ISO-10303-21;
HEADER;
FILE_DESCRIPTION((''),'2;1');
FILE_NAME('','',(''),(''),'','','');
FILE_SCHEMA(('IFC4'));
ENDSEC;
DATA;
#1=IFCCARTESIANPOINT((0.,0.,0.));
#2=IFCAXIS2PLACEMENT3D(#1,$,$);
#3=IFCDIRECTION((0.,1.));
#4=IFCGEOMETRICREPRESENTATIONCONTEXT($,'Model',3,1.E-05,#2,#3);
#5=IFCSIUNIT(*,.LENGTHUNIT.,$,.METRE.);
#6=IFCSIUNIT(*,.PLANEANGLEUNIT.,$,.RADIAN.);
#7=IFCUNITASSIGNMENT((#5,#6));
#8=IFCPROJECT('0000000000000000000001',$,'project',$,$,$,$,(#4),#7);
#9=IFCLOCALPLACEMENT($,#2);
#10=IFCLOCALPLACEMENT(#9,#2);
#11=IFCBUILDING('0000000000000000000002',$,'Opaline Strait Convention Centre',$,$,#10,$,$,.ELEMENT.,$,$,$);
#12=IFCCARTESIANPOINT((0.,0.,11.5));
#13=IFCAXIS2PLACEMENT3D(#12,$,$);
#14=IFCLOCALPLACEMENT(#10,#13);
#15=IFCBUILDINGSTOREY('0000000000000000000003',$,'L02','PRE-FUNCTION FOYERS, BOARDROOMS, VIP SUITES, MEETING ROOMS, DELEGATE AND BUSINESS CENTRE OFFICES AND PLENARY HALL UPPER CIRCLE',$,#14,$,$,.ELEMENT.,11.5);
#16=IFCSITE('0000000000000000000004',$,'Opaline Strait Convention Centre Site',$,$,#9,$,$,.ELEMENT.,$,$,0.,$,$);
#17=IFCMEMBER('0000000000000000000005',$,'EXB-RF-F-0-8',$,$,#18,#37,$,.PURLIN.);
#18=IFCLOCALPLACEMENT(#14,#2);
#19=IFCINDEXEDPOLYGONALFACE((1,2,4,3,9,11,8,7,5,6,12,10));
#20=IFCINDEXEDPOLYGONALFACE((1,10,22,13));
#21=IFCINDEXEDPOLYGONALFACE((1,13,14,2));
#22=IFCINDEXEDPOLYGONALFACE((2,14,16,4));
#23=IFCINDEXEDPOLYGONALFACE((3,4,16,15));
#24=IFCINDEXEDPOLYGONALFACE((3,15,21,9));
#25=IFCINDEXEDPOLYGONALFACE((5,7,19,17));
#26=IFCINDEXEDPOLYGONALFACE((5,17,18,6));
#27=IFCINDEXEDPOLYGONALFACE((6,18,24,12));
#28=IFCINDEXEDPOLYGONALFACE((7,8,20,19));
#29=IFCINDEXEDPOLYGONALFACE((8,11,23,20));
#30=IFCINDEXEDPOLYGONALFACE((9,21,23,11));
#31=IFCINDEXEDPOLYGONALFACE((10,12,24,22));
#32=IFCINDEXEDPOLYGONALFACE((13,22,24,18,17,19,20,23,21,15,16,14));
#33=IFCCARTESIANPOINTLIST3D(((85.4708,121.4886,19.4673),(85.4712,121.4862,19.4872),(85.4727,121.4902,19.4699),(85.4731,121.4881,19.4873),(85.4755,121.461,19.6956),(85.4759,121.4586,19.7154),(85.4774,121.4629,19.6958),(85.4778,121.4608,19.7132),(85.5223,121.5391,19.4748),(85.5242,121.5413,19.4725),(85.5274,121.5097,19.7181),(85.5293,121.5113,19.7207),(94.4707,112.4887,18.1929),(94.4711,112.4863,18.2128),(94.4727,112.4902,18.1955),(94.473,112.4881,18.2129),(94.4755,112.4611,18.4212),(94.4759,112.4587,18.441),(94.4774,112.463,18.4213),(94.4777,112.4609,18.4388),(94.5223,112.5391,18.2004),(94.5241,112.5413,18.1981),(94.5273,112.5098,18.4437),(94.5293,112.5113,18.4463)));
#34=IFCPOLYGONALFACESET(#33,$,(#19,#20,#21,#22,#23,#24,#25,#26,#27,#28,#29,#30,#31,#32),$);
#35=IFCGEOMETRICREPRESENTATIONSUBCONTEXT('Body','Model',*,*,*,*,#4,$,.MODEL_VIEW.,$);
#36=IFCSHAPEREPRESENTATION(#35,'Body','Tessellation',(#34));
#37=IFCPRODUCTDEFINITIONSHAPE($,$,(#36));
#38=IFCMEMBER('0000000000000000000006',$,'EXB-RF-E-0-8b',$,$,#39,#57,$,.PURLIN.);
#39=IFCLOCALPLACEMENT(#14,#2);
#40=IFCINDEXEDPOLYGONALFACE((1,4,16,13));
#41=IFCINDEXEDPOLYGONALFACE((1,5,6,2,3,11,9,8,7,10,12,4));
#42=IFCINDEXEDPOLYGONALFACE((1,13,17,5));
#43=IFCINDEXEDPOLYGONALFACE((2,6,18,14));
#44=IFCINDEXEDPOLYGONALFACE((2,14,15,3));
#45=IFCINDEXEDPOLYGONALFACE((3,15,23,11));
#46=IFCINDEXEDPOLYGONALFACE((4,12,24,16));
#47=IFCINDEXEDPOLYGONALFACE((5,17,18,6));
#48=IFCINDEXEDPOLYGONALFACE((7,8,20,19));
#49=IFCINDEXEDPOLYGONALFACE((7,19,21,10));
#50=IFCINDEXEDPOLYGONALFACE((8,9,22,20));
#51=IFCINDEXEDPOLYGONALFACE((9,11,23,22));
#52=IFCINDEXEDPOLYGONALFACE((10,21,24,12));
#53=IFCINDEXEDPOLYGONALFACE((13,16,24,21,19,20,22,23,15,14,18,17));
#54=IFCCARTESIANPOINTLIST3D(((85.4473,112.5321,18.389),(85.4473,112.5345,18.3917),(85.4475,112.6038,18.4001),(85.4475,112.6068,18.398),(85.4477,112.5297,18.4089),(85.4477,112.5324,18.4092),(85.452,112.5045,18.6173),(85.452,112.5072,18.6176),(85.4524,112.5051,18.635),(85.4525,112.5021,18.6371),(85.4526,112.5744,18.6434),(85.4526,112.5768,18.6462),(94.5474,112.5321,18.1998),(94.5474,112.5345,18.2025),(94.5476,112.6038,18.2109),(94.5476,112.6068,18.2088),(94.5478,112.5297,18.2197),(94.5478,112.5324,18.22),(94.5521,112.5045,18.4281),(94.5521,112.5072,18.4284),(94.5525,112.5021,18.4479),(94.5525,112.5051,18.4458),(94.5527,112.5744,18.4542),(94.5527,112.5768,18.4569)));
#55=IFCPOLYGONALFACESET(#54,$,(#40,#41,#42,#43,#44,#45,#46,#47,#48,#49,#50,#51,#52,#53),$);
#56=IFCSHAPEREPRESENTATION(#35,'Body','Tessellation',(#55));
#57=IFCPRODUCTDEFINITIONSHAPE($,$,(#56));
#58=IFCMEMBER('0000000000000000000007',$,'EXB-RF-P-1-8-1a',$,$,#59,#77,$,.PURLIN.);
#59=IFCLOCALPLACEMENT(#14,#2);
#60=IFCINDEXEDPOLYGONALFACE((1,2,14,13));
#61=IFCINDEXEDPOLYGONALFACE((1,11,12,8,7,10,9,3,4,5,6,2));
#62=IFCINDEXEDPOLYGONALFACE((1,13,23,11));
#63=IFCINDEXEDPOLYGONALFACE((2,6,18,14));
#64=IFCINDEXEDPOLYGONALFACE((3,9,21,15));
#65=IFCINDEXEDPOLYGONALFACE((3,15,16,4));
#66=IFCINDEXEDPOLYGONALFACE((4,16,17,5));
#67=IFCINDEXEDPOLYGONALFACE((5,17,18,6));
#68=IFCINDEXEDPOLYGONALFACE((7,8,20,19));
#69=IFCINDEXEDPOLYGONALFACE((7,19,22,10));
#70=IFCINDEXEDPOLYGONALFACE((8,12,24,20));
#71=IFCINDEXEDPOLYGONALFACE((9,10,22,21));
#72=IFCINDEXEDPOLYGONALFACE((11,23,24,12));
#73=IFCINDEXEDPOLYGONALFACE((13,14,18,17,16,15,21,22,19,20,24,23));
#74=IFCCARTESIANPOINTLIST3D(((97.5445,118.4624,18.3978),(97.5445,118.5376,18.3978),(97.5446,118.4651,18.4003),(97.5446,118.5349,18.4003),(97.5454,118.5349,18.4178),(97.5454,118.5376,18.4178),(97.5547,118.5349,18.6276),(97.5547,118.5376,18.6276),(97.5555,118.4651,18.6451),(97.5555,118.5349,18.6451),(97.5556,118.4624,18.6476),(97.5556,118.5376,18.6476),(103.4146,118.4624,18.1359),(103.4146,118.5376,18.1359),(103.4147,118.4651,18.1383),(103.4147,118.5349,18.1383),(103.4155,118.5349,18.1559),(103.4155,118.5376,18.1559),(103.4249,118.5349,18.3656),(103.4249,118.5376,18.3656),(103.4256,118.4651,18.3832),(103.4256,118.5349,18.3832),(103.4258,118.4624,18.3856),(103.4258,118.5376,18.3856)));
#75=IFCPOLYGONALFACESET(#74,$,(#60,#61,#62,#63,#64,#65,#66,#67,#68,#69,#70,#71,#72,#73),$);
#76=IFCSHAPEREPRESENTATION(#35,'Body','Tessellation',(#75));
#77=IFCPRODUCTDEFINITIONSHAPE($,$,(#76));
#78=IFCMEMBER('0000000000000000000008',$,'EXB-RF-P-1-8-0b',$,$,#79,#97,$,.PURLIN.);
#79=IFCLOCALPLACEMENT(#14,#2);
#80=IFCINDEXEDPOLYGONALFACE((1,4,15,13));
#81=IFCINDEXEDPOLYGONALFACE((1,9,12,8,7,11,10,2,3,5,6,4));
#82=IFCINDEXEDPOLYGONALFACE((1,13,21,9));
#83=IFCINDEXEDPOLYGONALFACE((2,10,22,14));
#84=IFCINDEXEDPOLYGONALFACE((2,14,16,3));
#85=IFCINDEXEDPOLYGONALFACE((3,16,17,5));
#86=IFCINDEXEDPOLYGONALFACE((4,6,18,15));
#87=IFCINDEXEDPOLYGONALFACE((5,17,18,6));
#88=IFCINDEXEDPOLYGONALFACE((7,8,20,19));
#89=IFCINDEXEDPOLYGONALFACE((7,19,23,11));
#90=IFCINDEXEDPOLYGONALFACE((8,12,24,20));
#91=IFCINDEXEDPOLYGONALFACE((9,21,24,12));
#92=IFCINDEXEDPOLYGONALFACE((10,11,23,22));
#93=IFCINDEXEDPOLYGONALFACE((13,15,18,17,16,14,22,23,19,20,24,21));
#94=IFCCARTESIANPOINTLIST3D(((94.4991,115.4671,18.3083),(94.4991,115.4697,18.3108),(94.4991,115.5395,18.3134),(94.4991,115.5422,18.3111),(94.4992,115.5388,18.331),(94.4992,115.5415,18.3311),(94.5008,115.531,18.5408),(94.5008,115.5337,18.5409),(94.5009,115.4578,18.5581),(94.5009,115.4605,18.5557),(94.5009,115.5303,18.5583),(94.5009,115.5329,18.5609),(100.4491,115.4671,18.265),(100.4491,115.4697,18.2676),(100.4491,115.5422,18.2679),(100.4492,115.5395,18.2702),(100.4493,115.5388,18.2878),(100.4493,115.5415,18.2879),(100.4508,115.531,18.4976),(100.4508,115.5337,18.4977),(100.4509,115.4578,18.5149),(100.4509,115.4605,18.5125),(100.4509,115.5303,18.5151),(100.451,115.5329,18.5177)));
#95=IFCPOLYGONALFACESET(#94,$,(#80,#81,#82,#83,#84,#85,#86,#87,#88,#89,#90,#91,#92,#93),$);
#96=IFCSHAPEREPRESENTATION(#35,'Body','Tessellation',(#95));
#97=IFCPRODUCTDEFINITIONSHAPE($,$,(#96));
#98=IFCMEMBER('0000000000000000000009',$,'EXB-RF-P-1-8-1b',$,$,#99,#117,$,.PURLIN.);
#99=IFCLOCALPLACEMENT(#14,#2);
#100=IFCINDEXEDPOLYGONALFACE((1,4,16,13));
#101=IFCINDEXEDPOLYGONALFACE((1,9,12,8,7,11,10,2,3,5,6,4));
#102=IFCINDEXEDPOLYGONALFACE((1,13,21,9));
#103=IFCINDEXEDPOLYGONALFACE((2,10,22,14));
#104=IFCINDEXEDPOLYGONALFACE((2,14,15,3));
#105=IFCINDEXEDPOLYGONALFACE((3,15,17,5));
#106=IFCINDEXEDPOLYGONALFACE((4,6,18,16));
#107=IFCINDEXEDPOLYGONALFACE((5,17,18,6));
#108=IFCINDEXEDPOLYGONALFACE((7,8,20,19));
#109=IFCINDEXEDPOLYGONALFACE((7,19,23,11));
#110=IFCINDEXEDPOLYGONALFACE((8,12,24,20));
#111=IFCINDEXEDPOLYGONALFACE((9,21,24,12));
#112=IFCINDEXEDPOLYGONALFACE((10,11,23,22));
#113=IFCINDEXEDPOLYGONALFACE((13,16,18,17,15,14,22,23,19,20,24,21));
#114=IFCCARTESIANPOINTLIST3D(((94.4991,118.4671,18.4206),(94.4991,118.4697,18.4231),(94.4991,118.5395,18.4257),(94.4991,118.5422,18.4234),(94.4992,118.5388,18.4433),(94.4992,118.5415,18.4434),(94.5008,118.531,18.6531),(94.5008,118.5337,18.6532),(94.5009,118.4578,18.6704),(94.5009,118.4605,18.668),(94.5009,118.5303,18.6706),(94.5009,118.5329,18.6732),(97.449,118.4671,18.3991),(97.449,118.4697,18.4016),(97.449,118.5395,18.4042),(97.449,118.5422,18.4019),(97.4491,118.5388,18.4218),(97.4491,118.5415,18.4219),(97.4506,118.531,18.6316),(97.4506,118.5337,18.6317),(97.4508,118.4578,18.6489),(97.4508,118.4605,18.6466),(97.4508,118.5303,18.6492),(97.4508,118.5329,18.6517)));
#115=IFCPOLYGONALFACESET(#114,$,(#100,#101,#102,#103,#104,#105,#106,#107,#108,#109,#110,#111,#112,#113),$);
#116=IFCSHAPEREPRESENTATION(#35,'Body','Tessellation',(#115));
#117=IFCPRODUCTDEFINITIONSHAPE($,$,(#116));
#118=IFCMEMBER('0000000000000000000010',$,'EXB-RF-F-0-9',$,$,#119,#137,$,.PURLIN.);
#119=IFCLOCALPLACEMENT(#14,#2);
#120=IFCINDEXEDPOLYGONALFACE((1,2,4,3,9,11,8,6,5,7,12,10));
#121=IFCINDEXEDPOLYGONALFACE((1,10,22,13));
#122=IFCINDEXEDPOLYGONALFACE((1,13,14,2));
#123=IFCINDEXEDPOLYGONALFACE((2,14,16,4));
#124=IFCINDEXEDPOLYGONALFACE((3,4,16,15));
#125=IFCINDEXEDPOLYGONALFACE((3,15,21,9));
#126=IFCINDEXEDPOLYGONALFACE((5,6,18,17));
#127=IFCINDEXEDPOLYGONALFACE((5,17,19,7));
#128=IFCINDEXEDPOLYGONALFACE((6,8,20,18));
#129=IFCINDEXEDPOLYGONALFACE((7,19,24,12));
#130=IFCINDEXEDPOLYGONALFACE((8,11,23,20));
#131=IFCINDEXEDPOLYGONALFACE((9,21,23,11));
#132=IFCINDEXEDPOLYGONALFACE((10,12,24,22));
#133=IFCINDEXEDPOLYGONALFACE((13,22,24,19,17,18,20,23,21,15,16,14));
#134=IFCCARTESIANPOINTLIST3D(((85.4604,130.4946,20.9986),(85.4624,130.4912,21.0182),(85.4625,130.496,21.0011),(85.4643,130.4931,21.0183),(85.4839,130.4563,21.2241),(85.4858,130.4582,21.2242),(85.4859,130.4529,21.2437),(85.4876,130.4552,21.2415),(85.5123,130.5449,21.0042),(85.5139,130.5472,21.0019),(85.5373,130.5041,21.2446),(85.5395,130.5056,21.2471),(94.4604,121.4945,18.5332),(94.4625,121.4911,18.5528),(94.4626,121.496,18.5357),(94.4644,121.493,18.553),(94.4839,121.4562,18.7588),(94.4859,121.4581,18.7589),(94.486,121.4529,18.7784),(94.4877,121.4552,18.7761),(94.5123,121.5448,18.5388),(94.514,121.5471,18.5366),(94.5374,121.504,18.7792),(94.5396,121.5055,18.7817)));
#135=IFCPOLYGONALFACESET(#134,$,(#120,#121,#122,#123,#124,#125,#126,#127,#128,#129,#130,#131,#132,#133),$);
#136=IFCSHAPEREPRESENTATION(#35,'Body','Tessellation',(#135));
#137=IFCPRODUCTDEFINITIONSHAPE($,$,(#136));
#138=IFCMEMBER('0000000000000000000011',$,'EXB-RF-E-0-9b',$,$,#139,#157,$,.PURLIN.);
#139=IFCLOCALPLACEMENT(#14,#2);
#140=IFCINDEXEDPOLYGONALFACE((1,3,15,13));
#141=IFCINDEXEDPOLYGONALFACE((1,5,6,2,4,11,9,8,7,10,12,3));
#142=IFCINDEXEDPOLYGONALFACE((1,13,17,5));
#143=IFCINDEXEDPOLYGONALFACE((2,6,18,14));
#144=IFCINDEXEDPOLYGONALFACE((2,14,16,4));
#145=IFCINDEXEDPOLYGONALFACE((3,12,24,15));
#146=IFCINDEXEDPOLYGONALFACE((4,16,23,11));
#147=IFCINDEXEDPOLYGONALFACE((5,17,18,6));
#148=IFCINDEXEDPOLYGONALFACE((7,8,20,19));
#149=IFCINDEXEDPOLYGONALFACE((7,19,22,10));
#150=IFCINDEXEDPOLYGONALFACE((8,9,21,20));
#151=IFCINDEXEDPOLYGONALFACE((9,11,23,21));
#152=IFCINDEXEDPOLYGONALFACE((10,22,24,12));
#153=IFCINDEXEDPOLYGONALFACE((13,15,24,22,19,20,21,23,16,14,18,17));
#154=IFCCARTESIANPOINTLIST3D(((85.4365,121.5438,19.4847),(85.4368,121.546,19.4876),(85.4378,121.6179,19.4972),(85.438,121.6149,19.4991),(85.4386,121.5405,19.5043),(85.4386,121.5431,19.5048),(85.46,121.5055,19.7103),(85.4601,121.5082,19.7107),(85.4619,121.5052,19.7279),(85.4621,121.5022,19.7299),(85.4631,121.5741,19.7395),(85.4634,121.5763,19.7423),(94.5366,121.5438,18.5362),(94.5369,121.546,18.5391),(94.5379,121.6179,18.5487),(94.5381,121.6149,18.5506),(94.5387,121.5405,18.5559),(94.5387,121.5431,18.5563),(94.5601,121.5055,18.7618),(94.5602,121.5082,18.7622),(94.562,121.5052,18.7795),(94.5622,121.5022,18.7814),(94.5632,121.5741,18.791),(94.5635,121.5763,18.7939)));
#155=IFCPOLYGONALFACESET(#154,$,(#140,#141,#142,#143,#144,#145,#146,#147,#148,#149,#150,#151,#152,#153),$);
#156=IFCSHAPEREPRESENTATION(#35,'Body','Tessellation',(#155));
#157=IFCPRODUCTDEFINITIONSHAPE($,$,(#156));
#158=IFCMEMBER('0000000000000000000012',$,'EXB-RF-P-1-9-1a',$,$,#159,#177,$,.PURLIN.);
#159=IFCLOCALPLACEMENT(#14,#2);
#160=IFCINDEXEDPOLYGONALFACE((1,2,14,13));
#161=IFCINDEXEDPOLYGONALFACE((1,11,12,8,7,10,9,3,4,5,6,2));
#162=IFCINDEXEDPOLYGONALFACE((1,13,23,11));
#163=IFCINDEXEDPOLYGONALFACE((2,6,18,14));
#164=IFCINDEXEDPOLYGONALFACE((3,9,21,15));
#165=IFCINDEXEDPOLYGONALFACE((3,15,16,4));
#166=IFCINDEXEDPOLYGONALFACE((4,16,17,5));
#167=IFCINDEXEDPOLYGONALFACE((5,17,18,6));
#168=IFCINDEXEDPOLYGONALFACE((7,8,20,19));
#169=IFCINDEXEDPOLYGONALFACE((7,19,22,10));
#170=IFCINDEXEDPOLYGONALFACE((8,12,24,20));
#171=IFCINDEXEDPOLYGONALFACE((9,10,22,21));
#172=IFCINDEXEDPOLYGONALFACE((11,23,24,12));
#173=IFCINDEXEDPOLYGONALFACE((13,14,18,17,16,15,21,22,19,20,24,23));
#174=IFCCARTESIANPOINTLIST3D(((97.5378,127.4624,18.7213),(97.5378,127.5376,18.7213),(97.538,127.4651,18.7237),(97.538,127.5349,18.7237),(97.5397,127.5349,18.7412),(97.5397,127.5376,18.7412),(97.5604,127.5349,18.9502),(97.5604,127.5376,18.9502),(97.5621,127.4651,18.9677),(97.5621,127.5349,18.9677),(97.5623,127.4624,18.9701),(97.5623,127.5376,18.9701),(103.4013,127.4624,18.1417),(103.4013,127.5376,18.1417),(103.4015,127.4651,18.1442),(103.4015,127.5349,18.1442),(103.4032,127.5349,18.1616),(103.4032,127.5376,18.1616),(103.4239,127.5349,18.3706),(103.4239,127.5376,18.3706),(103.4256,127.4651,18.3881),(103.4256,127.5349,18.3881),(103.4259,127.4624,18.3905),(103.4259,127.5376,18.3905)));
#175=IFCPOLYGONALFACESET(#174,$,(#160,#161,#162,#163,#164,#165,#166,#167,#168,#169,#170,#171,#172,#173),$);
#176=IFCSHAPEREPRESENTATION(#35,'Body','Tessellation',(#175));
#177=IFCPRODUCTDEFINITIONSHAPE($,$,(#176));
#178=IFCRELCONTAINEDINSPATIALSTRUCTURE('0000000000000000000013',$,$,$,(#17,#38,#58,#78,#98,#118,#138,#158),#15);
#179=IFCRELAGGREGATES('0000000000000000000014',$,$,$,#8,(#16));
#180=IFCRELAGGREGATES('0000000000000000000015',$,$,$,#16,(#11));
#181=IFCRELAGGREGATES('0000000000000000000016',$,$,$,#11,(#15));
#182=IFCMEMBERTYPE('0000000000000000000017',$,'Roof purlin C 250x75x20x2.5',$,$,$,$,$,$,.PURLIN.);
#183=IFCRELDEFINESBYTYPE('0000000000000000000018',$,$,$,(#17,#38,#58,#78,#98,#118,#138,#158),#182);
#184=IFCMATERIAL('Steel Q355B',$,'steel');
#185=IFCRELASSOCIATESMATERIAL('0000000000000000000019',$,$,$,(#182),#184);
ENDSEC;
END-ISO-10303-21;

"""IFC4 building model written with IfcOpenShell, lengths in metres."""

from ifc_helpers import new_model, si_unit, direction, frame, origin, place, context, subcontext, project, spatial, polyline, outline, extrude, material, material_profile, profile_set, type_object, element, save


model = new_model("IFC4")

# Units and contexts
model_context = context("Model", 3, precision=1e-05, world=origin(), true_north=direction((0.0, 1.0)))
body_context = subcontext(model_context, "Body", "Model", "MODEL_VIEW")
ifc_project = project(units=[si_unit("LENGTHUNIT", "METRE"), si_unit("PLANEANGLEUNIT", "RADIAN")], contexts=[model_context])

# Site, building, storey
site_placement = place(None, origin())
site = spatial("IfcSite", under=ifc_project, at=site_placement, Name="Opaline Strait Convention Centre Site", CompositionType="ELEMENT", RefElevation=0.0)
building_placement = place(site_placement, origin())
building = spatial("IfcBuilding", under=site, at=building_placement, Name="Opaline Strait Convention Centre", CompositionType="ELEMENT")
storey_placement = place(building_placement, frame((0.0, 0.0, 11.5)))
storey = spatial("IfcBuildingStorey", under=building, at=storey_placement, Name="L02", Description="PRE-FUNCTION FOYERS, BOARDROOMS, VIP SUITES, MEETING ROOMS, DELEGATE AND BUSINESS CENTRE OFFICES AND PLENARY HALL UPPER CIRCLE", CompositionType="ELEMENT", Elevation=11.5)

# Members
ifc_material_1 = material(Name="Steel Q355B", Category="steel")
ifc_material_profile_1 = material_profile(ifc_material_1, outline(polyline([(-0.0376, -0.125), (0.0376, -0.125), (0.0376, -0.105), (0.0349, -0.105), (0.0349, -0.1226), (-0.0349, -0.1226), (-0.0349, 0.1226), (0.0349, 0.1226), (0.0349, 0.105), (0.0376, 0.105), (0.0376, 0.125), (-0.0376, 0.125), (-0.0376, -0.125)])), Name="C 250x75x20x2.5")
ifc_profile_set_1 = profile_set([ifc_material_profile_1], Name="Steel Q355B")
member_type_1 = type_object("IfcMemberType", Name="Roof purlin C 250x75x20x2.5", PredefinedType="PURLIN", material=ifc_profile_set_1)
member_1_placement = place(storey_placement, frame((94.5, 112.5, 18.3196), z_axis=(-0.703589, 0.703589, 0.099629), x_axis=(-0.710307, -0.700419, -0.069829)))
element("IfcMember", 1, at=member_1_placement, inside=storey, type_object=member_type_1, Name="EXB-RF-F-0-8", PredefinedType="PURLIN", context=body_context, shape_type="SweptSolid", body=[
    extrude(outline(polyline([(-0.0376, -0.125), (0.0376, -0.125), (0.0376, -0.105), (0.0349, -0.105), (0.0349, -0.1226), (-0.0349, -0.1226), (-0.0349, 0.1226), (0.0349, 0.1226), (0.0349, 0.105), (0.0376, 0.105), (0.0376, 0.125), (-0.0376, 0.125), (-0.0376, -0.125)])), origin(), (0.0, 0.0, 1.0), 12.7915),
])
member_2_placement = place(storey_placement, frame((94.55, 112.5544, 18.3284), z_axis=(-0.999784, 0.0, 0.020787), x_axis=(-0.002492, -0.992786, -0.11987)))
element("IfcMember", 2, at=member_2_placement, inside=storey, type_object=member_type_1, Name="EXB-RF-E-0-8b", PredefinedType="PURLIN", context=body_context, shape_type="SweptSolid", body=[
    extrude(outline(polyline([(-0.0376, -0.125), (0.0376, -0.125), (0.0376, -0.105), (0.0349, -0.105), (0.0349, -0.1226), (-0.0349, -0.1226), (-0.0349, 0.1226), (0.0349, 0.1226), (0.0349, 0.105), (0.0376, 0.105), (0.0376, 0.125), (-0.0376, 0.125), (-0.0376, -0.125)])), origin(), (0.0, 0.0, 1.0), 9.1021),
])
member_3_placement = place(storey_placement, frame((97.55, 118.5, 18.5227), z_axis=(0.999006, 0.0, -0.044582), x_axis=(0.0, 1.0, 0.0)))
element("IfcMember", 3, at=member_3_placement, inside=storey, type_object=member_type_1, Name="EXB-RF-P-1-8-1a", PredefinedType="PURLIN", context=body_context, shape_type="SweptSolid", body=[
    extrude(outline(polyline([(-0.0376, -0.125), (0.0376, -0.125), (0.0376, -0.105), (0.0349, -0.105), (0.0349, -0.1226), (-0.0349, -0.1226), (-0.0349, 0.1226), (0.0349, 0.1226), (0.0349, 0.105), (0.0376, 0.105), (0.0376, 0.125), (-0.0376, 0.125), (-0.0376, -0.125)])), origin(), (0.0, 0.0, 1.0), 5.876),
])
member_4_placement = place(storey_placement, frame((94.5, 115.5, 18.4346), z_axis=(0.999974, 0.0, -0.007263), x_axis=(0.000271, 0.999302, 0.037351)))
element("IfcMember", 4, at=member_4_placement, inside=storey, type_object=member_type_1, Name="EXB-RF-P-1-8-0b", PredefinedType="PURLIN", context=body_context, shape_type="SweptSolid", body=[
    extrude(outline(polyline([(-0.0376, -0.125), (0.0376, -0.125), (0.0376, -0.105), (0.0349, -0.105), (0.0349, -0.1226), (-0.0349, -0.1226), (-0.0349, 0.1226), (0.0349, 0.1226), (0.0349, 0.105), (0.0376, 0.105), (0.0376, 0.125), (-0.0376, 0.125), (-0.0376, -0.125)])), origin(), (0.0, 0.0, 1.0), 5.9502),
])
member_5_placement = place(storey_placement, frame((94.5, 118.5, 18.5469), z_axis=(0.999973, 0.0, -0.007283), x_axis=(0.000272, 0.999302, 0.037351)))
element("IfcMember", 5, at=member_5_placement, inside=storey, type_object=member_type_1, Name="EXB-RF-P-1-8-1b", PredefinedType="PURLIN", context=body_context, shape_type="SweptSolid", body=[
    extrude(outline(polyline([(-0.0376, -0.125), (0.0376, -0.125), (0.0376, -0.105), (0.0349, -0.105), (0.0349, -0.1226), (-0.0349, -0.1226), (-0.0349, 0.1226), (0.0349, 0.1226), (0.0349, 0.105), (0.0376, 0.105), (0.0376, 0.125), (-0.0376, 0.125), (-0.0376, -0.125)])), origin(), (0.0, 0.0, 1.0), 2.95),
])
member_6_placement = place(storey_placement, frame((94.5, 121.5, 18.6575), z_axis=(-0.694204, 0.694204, 0.19016), x_axis=(-0.712484, -0.700271, -0.044585)))
element("IfcMember", 6, at=member_6_placement, inside=storey, type_object=member_type_1, Name="EXB-RF-F-0-9", PredefinedType="PURLIN", context=body_context, shape_type="SweptSolid", body=[
    extrude(outline(polyline([(-0.0376, -0.125), (0.0376, -0.125), (0.0376, -0.105), (0.0349, -0.105), (0.0349, -0.1226), (-0.0349, -0.1226), (-0.0349, 0.1226), (0.0349, 0.1226), (0.0349, 0.105), (0.0376, 0.105), (0.0376, 0.125), (-0.0376, 0.125), (-0.0376, -0.125)])), origin(), (0.0, 0.0, 1.0), 12.9646),
])
member_7_placement = place(storey_placement, frame((94.55, 121.5601, 18.665), z_axis=(-0.994612, 0.0, 0.103667), x_axis=(-0.017254, -0.986052, -0.165542)))
element("IfcMember", 7, at=member_7_placement, inside=storey, type_object=member_type_1, Name="EXB-RF-E-0-9b", PredefinedType="PURLIN", context=body_context, shape_type="SweptSolid", body=[
    extrude(outline(polyline([(-0.0376, -0.125), (0.0376, -0.125), (0.0376, -0.105), (0.0349, -0.105), (0.0349, -0.1226), (-0.0349, -0.1226), (-0.0349, 0.1226), (0.0349, 0.1226), (0.0349, 0.105), (0.0376, 0.105), (0.0376, 0.125), (-0.0376, 0.125), (-0.0376, -0.125)])), origin(), (0.0, 0.0, 1.0), 9.1494),
])
member_8_placement = place(storey_placement, frame((97.55, 127.5, 18.8457), z_axis=(0.99515, 0.0, -0.098367), x_axis=(0.0, 1.0, 0.0)))
element("IfcMember", 8, at=member_8_placement, inside=storey, type_object=member_type_1, Name="EXB-RF-P-1-9-1a", PredefinedType="PURLIN", context=body_context, shape_type="SweptSolid", body=[
    extrude(outline(polyline([(-0.0376, -0.125), (0.0376, -0.125), (0.0376, -0.105), (0.0349, -0.105), (0.0349, -0.1226), (-0.0349, -0.1226), (-0.0349, 0.1226), (0.0349, 0.1226), (0.0349, 0.105), (0.0376, 0.105), (0.0376, 0.125), (-0.0376, 0.125), (-0.0376, -0.125)])), origin(), (0.0, 0.0, 1.0), 5.8921),
])

save(model, "model.ifc")
